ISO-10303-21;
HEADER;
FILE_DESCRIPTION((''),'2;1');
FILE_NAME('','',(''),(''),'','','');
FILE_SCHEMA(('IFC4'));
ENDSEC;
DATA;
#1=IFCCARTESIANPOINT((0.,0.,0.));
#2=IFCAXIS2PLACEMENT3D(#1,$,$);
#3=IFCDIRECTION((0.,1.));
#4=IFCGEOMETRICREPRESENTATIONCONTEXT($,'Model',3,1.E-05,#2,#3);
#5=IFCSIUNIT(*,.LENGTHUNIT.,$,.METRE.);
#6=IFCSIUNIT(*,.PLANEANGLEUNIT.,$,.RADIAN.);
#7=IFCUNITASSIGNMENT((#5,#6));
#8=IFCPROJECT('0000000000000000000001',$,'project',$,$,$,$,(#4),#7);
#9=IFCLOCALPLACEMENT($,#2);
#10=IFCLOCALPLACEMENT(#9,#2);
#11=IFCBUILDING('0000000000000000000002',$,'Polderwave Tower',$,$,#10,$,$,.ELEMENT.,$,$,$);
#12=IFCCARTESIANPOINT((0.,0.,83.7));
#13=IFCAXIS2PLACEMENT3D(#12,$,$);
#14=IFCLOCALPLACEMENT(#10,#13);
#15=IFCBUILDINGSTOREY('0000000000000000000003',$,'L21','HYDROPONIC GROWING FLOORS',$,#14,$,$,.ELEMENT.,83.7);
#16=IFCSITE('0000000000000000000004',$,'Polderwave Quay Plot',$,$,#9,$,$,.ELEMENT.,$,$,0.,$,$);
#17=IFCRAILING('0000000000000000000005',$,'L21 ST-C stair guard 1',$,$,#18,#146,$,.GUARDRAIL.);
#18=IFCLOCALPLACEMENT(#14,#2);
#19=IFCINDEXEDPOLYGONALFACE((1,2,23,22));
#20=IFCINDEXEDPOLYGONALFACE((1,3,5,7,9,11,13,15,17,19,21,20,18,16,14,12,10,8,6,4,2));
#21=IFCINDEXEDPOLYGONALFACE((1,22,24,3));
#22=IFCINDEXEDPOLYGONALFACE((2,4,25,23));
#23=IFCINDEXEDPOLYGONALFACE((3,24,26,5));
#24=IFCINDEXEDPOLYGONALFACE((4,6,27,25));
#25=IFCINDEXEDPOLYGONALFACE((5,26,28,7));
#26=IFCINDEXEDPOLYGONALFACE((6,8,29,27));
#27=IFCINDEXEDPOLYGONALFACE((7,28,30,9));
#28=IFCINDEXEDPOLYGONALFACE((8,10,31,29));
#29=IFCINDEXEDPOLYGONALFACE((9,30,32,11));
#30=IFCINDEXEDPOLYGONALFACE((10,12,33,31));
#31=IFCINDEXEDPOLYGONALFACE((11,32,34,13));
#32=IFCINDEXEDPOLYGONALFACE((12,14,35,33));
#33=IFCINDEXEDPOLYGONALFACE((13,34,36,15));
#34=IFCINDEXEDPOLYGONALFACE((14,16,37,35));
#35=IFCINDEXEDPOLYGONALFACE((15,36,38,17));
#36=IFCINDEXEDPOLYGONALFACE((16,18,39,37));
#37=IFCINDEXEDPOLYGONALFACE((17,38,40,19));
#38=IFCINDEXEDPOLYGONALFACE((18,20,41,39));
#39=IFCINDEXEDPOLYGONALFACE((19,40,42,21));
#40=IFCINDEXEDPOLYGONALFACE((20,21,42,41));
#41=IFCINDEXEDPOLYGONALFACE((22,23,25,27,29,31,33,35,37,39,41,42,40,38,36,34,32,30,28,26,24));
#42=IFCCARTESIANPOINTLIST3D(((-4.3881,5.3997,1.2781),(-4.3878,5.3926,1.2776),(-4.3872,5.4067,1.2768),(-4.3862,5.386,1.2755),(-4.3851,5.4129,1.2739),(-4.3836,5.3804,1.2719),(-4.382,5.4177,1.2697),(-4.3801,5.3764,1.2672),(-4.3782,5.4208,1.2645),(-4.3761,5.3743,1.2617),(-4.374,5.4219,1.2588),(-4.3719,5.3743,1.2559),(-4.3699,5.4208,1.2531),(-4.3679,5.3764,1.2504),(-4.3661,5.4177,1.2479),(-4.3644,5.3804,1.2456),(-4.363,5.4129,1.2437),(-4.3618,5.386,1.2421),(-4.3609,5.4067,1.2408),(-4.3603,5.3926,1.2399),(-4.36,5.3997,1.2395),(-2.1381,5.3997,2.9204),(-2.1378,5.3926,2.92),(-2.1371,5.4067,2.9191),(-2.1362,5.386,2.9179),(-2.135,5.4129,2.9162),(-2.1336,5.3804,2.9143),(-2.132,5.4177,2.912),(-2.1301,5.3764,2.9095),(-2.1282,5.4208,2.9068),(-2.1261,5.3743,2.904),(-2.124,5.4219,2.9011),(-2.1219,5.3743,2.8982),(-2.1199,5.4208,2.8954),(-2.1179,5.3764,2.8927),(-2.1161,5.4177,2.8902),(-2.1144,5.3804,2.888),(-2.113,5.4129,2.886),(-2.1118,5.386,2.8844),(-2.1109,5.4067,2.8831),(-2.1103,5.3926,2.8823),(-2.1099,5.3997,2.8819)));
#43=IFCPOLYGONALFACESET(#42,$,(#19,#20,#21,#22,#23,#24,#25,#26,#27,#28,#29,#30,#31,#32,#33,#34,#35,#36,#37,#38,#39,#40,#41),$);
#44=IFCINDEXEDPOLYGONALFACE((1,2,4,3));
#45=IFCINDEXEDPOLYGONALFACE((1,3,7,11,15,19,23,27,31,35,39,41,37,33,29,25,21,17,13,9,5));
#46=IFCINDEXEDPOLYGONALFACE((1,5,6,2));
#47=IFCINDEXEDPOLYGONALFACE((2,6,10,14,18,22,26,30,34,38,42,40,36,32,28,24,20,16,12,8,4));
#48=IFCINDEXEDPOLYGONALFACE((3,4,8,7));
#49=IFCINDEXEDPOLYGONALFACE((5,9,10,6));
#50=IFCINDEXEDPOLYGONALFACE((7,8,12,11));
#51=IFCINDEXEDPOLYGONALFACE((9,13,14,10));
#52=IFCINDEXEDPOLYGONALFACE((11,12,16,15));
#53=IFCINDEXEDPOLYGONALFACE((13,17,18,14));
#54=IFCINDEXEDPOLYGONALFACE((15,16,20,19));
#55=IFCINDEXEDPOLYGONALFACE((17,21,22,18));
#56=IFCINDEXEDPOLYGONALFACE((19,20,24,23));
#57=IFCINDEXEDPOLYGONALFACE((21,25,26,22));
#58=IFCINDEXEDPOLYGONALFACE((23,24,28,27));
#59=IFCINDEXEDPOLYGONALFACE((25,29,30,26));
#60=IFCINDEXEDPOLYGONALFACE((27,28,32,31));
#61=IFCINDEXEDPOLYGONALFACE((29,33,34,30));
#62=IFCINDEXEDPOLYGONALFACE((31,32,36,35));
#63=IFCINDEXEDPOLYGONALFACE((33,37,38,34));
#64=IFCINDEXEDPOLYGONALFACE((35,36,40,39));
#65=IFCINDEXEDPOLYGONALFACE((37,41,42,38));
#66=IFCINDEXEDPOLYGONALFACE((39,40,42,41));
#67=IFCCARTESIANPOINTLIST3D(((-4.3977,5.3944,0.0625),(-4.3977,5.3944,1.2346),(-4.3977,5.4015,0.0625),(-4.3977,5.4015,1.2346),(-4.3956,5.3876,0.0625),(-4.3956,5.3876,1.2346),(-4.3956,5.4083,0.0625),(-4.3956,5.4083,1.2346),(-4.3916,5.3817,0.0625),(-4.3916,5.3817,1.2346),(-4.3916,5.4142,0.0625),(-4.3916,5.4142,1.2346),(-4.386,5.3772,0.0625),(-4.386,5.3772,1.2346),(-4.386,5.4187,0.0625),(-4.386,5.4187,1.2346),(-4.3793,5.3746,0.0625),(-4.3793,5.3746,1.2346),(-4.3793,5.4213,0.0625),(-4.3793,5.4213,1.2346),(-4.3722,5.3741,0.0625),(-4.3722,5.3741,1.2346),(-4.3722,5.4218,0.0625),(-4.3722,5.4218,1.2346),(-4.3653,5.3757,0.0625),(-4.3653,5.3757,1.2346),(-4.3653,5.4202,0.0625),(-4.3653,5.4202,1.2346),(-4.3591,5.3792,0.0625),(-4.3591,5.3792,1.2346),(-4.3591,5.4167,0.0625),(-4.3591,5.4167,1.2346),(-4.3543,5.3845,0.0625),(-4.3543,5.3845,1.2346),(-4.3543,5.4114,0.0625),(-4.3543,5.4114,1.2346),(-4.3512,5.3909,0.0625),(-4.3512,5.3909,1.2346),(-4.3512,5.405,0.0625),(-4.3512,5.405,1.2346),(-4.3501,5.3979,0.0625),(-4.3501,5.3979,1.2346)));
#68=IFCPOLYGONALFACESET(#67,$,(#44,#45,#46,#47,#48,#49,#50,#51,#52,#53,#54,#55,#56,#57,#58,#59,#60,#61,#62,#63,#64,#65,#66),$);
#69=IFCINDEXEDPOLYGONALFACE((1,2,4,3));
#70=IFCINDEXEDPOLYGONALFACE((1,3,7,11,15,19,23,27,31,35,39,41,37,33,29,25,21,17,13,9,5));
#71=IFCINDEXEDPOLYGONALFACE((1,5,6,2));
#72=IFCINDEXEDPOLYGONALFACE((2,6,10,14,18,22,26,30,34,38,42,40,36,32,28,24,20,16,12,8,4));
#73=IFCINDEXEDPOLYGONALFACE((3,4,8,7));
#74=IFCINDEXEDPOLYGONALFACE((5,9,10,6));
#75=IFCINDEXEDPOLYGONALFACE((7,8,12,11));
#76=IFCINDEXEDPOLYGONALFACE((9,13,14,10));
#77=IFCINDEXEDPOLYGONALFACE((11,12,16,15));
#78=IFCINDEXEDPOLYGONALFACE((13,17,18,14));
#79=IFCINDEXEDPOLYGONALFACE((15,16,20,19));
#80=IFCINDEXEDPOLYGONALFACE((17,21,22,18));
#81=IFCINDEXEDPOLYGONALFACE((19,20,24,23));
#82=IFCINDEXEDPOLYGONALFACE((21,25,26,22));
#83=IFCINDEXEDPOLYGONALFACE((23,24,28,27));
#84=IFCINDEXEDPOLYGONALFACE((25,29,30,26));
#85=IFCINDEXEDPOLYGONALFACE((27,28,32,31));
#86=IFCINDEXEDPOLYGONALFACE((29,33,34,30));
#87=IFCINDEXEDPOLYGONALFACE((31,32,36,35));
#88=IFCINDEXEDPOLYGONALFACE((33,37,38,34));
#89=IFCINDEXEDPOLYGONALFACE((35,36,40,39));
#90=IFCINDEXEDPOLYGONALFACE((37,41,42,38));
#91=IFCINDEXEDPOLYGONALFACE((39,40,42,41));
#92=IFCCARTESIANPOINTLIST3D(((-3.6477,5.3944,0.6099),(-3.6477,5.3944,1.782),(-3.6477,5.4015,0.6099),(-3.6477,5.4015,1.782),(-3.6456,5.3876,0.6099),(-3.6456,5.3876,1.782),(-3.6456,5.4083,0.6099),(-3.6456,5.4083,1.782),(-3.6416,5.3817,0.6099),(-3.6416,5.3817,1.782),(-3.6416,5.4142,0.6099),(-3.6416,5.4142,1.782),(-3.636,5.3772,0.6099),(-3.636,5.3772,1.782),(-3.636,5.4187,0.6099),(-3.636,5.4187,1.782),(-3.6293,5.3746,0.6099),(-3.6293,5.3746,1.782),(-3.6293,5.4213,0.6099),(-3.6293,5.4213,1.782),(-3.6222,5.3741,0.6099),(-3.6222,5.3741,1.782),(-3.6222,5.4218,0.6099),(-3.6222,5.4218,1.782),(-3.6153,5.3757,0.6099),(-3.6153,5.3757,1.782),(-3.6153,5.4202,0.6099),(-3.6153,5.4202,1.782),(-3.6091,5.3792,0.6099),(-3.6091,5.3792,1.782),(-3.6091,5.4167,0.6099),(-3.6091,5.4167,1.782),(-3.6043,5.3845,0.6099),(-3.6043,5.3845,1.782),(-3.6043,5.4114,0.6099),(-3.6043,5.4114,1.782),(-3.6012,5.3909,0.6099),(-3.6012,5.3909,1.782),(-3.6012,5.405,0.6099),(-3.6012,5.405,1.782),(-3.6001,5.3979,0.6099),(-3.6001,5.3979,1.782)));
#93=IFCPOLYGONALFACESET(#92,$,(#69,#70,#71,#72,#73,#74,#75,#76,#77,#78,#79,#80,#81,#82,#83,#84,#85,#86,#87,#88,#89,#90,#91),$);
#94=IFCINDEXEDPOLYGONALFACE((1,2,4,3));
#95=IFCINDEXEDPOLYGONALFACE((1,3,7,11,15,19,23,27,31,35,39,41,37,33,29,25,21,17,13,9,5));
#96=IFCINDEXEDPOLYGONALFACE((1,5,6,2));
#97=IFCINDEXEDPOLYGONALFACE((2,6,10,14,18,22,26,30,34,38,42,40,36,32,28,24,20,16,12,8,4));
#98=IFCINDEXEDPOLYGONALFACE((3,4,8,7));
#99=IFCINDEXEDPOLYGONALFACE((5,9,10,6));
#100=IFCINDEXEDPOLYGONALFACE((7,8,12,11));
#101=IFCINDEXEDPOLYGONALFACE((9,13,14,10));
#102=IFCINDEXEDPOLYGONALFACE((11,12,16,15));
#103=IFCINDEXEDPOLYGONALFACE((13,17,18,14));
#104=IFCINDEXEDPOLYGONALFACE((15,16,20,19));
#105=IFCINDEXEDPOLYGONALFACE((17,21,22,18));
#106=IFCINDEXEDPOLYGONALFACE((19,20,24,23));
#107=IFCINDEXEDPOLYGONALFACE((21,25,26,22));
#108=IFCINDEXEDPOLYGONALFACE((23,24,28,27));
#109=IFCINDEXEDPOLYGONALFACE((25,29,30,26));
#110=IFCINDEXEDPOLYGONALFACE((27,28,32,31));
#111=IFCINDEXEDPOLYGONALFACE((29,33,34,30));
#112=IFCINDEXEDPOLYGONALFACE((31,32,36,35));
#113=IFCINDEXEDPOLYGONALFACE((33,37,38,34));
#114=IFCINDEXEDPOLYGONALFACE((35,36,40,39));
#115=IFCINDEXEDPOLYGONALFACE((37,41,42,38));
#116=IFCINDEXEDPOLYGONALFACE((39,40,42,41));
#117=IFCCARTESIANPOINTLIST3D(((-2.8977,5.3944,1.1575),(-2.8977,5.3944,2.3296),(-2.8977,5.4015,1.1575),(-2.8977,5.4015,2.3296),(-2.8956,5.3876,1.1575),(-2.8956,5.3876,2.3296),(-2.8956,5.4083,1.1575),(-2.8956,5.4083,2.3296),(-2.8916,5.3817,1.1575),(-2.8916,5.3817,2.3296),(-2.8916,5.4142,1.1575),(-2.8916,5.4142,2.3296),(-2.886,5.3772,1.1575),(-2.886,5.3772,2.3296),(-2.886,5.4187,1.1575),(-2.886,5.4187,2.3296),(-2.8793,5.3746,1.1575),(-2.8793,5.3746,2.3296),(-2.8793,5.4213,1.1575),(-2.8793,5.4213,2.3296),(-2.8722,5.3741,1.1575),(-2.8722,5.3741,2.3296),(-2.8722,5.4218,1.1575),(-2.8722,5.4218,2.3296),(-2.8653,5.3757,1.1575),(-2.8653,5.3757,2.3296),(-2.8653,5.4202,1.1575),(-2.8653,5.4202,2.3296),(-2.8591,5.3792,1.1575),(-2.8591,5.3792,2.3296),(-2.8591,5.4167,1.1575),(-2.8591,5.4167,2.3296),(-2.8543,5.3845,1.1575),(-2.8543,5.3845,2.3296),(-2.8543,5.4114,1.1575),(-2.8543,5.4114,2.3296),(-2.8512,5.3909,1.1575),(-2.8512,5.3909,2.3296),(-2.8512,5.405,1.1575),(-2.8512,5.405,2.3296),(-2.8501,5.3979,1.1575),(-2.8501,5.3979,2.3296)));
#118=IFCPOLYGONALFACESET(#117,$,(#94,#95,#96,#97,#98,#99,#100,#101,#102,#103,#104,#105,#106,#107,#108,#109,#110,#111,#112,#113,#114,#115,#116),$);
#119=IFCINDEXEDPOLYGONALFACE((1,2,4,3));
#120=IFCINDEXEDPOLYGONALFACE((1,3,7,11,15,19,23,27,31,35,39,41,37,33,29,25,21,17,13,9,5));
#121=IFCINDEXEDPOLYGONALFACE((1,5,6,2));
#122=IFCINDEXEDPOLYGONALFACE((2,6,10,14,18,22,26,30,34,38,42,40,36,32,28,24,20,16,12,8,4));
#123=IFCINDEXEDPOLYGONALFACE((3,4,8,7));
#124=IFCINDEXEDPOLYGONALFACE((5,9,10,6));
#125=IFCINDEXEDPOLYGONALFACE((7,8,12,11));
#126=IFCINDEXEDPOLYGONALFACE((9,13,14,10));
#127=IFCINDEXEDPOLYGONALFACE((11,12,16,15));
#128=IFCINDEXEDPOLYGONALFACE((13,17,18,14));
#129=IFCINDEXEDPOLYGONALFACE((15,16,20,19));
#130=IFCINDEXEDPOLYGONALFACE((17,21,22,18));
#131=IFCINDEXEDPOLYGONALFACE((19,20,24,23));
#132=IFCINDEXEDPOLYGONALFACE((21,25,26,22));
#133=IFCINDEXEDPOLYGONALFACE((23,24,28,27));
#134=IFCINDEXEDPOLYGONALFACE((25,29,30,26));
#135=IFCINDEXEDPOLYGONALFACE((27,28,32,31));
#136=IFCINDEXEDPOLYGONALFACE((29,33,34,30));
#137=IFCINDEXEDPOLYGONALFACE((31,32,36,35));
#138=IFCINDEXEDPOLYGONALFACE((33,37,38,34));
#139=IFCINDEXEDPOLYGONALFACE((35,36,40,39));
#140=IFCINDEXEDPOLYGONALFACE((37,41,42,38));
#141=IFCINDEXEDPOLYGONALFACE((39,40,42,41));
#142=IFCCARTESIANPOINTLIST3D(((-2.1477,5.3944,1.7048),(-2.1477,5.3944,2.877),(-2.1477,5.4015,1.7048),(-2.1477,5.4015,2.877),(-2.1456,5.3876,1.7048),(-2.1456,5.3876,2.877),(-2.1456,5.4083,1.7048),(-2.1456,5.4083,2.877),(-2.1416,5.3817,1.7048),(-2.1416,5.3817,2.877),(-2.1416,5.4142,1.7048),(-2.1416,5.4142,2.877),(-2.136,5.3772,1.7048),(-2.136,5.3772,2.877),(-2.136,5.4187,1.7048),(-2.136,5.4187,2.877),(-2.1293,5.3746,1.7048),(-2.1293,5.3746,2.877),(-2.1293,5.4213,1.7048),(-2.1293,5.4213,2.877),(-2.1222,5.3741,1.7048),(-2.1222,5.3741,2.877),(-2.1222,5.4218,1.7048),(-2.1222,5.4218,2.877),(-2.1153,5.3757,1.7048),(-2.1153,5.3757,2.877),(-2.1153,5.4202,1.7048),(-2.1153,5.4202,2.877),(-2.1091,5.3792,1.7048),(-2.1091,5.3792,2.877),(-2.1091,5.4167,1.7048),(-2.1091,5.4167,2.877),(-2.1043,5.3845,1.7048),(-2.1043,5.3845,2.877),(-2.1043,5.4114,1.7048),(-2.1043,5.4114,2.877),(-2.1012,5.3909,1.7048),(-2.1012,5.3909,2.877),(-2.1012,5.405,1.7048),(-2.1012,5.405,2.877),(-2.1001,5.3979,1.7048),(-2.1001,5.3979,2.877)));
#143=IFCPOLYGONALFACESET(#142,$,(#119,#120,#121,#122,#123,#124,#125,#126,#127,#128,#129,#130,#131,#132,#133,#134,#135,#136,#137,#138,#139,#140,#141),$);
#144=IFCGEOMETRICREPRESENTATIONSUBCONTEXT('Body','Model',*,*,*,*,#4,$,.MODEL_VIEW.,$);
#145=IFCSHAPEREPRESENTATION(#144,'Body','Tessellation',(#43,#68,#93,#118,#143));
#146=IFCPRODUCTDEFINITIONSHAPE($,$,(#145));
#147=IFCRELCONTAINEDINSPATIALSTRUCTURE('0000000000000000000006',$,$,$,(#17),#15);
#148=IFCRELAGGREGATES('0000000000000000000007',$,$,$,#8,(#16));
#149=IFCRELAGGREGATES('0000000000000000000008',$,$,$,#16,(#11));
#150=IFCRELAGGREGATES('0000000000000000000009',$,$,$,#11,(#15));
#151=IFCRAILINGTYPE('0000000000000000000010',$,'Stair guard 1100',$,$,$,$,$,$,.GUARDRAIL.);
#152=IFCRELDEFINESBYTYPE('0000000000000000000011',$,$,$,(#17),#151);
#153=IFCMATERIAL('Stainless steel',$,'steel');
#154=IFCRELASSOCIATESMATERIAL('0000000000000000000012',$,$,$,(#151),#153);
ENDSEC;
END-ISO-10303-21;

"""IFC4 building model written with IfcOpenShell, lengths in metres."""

from ifc_helpers import new_model, si_unit, direction, frame, origin, origin_2d, place, context, subcontext, project, spatial, circle, extrude, material, type_object, element, save


model = new_model("IFC4")

# Units and contexts
model_context = context("Model", 3, precision=1e-05, world=origin(), true_north=direction((0.0, 1.0)))
body_context = subcontext(model_context, "Body", "Model", "MODEL_VIEW")
ifc_project = project(units=[si_unit("LENGTHUNIT", "METRE"), si_unit("PLANEANGLEUNIT", "RADIAN")], contexts=[model_context])

# Site, building, storey
site_placement = place(None, origin())
site = spatial("IfcSite", under=ifc_project, at=site_placement, Name="Polderwave Quay Plot", CompositionType="ELEMENT", RefElevation=0.0)
building_placement = place(site_placement, origin())
building = spatial("IfcBuilding", under=site, at=building_placement, Name="Polderwave Tower", CompositionType="ELEMENT")
storey_placement = place(building_placement, frame((0.0, 0.0, 83.7)))
storey = spatial("IfcBuildingStorey", under=building, at=storey_placement, Name="L21", Description="HYDROPONIC GROWING FLOORS", CompositionType="ELEMENT", Elevation=83.7)

# Railing
ifc_material_1 = material(Name="Stainless steel", Category="steel")
railing_type_1 = type_object("IfcRailingType", Name="Stair guard 1100", PredefinedType="GUARDRAIL", material=ifc_material_1)
railing_1_placement = place(storey_placement, frame((-4.374, 5.3979, 0.0625)))
element("IfcRailing", 1, at=railing_1_placement, inside=storey, type_object=railing_type_1, Name="L21 ST-C stair guard 1", PredefinedType="GUARDRAIL", context=body_context, shape_type="SweptSolid", body=[
    extrude(circle(Radius=0.0239, at=origin_2d()), frame((0.0, 0.0, 1.1963), z_axis=(0.807715, 0.0, 0.589573), x_axis=(0.0, 1.0, 0.0)), (0.0, 0.0, 1.0), 2.7856),
    extrude(circle(Radius=0.0239, at=origin_2d()), origin(), (0.0, 0.0, 1.0), 1.1721),
    extrude(circle(Radius=0.0239, at=origin_2d()), frame((0.75, 0.0, 0.5474)), (0.0, 0.0, 1.0), 1.1721),
    extrude(circle(Radius=0.0239, at=origin_2d()), frame((1.5, 0.0, 1.095)), (0.0, 0.0, 1.0), 1.1721),
    extrude(circle(Radius=0.0239, at=origin_2d()), frame((2.25, 0.0, 1.6423)), (0.0, 0.0, 1.0), 1.1721),
])

save(model, "model.ifc")
